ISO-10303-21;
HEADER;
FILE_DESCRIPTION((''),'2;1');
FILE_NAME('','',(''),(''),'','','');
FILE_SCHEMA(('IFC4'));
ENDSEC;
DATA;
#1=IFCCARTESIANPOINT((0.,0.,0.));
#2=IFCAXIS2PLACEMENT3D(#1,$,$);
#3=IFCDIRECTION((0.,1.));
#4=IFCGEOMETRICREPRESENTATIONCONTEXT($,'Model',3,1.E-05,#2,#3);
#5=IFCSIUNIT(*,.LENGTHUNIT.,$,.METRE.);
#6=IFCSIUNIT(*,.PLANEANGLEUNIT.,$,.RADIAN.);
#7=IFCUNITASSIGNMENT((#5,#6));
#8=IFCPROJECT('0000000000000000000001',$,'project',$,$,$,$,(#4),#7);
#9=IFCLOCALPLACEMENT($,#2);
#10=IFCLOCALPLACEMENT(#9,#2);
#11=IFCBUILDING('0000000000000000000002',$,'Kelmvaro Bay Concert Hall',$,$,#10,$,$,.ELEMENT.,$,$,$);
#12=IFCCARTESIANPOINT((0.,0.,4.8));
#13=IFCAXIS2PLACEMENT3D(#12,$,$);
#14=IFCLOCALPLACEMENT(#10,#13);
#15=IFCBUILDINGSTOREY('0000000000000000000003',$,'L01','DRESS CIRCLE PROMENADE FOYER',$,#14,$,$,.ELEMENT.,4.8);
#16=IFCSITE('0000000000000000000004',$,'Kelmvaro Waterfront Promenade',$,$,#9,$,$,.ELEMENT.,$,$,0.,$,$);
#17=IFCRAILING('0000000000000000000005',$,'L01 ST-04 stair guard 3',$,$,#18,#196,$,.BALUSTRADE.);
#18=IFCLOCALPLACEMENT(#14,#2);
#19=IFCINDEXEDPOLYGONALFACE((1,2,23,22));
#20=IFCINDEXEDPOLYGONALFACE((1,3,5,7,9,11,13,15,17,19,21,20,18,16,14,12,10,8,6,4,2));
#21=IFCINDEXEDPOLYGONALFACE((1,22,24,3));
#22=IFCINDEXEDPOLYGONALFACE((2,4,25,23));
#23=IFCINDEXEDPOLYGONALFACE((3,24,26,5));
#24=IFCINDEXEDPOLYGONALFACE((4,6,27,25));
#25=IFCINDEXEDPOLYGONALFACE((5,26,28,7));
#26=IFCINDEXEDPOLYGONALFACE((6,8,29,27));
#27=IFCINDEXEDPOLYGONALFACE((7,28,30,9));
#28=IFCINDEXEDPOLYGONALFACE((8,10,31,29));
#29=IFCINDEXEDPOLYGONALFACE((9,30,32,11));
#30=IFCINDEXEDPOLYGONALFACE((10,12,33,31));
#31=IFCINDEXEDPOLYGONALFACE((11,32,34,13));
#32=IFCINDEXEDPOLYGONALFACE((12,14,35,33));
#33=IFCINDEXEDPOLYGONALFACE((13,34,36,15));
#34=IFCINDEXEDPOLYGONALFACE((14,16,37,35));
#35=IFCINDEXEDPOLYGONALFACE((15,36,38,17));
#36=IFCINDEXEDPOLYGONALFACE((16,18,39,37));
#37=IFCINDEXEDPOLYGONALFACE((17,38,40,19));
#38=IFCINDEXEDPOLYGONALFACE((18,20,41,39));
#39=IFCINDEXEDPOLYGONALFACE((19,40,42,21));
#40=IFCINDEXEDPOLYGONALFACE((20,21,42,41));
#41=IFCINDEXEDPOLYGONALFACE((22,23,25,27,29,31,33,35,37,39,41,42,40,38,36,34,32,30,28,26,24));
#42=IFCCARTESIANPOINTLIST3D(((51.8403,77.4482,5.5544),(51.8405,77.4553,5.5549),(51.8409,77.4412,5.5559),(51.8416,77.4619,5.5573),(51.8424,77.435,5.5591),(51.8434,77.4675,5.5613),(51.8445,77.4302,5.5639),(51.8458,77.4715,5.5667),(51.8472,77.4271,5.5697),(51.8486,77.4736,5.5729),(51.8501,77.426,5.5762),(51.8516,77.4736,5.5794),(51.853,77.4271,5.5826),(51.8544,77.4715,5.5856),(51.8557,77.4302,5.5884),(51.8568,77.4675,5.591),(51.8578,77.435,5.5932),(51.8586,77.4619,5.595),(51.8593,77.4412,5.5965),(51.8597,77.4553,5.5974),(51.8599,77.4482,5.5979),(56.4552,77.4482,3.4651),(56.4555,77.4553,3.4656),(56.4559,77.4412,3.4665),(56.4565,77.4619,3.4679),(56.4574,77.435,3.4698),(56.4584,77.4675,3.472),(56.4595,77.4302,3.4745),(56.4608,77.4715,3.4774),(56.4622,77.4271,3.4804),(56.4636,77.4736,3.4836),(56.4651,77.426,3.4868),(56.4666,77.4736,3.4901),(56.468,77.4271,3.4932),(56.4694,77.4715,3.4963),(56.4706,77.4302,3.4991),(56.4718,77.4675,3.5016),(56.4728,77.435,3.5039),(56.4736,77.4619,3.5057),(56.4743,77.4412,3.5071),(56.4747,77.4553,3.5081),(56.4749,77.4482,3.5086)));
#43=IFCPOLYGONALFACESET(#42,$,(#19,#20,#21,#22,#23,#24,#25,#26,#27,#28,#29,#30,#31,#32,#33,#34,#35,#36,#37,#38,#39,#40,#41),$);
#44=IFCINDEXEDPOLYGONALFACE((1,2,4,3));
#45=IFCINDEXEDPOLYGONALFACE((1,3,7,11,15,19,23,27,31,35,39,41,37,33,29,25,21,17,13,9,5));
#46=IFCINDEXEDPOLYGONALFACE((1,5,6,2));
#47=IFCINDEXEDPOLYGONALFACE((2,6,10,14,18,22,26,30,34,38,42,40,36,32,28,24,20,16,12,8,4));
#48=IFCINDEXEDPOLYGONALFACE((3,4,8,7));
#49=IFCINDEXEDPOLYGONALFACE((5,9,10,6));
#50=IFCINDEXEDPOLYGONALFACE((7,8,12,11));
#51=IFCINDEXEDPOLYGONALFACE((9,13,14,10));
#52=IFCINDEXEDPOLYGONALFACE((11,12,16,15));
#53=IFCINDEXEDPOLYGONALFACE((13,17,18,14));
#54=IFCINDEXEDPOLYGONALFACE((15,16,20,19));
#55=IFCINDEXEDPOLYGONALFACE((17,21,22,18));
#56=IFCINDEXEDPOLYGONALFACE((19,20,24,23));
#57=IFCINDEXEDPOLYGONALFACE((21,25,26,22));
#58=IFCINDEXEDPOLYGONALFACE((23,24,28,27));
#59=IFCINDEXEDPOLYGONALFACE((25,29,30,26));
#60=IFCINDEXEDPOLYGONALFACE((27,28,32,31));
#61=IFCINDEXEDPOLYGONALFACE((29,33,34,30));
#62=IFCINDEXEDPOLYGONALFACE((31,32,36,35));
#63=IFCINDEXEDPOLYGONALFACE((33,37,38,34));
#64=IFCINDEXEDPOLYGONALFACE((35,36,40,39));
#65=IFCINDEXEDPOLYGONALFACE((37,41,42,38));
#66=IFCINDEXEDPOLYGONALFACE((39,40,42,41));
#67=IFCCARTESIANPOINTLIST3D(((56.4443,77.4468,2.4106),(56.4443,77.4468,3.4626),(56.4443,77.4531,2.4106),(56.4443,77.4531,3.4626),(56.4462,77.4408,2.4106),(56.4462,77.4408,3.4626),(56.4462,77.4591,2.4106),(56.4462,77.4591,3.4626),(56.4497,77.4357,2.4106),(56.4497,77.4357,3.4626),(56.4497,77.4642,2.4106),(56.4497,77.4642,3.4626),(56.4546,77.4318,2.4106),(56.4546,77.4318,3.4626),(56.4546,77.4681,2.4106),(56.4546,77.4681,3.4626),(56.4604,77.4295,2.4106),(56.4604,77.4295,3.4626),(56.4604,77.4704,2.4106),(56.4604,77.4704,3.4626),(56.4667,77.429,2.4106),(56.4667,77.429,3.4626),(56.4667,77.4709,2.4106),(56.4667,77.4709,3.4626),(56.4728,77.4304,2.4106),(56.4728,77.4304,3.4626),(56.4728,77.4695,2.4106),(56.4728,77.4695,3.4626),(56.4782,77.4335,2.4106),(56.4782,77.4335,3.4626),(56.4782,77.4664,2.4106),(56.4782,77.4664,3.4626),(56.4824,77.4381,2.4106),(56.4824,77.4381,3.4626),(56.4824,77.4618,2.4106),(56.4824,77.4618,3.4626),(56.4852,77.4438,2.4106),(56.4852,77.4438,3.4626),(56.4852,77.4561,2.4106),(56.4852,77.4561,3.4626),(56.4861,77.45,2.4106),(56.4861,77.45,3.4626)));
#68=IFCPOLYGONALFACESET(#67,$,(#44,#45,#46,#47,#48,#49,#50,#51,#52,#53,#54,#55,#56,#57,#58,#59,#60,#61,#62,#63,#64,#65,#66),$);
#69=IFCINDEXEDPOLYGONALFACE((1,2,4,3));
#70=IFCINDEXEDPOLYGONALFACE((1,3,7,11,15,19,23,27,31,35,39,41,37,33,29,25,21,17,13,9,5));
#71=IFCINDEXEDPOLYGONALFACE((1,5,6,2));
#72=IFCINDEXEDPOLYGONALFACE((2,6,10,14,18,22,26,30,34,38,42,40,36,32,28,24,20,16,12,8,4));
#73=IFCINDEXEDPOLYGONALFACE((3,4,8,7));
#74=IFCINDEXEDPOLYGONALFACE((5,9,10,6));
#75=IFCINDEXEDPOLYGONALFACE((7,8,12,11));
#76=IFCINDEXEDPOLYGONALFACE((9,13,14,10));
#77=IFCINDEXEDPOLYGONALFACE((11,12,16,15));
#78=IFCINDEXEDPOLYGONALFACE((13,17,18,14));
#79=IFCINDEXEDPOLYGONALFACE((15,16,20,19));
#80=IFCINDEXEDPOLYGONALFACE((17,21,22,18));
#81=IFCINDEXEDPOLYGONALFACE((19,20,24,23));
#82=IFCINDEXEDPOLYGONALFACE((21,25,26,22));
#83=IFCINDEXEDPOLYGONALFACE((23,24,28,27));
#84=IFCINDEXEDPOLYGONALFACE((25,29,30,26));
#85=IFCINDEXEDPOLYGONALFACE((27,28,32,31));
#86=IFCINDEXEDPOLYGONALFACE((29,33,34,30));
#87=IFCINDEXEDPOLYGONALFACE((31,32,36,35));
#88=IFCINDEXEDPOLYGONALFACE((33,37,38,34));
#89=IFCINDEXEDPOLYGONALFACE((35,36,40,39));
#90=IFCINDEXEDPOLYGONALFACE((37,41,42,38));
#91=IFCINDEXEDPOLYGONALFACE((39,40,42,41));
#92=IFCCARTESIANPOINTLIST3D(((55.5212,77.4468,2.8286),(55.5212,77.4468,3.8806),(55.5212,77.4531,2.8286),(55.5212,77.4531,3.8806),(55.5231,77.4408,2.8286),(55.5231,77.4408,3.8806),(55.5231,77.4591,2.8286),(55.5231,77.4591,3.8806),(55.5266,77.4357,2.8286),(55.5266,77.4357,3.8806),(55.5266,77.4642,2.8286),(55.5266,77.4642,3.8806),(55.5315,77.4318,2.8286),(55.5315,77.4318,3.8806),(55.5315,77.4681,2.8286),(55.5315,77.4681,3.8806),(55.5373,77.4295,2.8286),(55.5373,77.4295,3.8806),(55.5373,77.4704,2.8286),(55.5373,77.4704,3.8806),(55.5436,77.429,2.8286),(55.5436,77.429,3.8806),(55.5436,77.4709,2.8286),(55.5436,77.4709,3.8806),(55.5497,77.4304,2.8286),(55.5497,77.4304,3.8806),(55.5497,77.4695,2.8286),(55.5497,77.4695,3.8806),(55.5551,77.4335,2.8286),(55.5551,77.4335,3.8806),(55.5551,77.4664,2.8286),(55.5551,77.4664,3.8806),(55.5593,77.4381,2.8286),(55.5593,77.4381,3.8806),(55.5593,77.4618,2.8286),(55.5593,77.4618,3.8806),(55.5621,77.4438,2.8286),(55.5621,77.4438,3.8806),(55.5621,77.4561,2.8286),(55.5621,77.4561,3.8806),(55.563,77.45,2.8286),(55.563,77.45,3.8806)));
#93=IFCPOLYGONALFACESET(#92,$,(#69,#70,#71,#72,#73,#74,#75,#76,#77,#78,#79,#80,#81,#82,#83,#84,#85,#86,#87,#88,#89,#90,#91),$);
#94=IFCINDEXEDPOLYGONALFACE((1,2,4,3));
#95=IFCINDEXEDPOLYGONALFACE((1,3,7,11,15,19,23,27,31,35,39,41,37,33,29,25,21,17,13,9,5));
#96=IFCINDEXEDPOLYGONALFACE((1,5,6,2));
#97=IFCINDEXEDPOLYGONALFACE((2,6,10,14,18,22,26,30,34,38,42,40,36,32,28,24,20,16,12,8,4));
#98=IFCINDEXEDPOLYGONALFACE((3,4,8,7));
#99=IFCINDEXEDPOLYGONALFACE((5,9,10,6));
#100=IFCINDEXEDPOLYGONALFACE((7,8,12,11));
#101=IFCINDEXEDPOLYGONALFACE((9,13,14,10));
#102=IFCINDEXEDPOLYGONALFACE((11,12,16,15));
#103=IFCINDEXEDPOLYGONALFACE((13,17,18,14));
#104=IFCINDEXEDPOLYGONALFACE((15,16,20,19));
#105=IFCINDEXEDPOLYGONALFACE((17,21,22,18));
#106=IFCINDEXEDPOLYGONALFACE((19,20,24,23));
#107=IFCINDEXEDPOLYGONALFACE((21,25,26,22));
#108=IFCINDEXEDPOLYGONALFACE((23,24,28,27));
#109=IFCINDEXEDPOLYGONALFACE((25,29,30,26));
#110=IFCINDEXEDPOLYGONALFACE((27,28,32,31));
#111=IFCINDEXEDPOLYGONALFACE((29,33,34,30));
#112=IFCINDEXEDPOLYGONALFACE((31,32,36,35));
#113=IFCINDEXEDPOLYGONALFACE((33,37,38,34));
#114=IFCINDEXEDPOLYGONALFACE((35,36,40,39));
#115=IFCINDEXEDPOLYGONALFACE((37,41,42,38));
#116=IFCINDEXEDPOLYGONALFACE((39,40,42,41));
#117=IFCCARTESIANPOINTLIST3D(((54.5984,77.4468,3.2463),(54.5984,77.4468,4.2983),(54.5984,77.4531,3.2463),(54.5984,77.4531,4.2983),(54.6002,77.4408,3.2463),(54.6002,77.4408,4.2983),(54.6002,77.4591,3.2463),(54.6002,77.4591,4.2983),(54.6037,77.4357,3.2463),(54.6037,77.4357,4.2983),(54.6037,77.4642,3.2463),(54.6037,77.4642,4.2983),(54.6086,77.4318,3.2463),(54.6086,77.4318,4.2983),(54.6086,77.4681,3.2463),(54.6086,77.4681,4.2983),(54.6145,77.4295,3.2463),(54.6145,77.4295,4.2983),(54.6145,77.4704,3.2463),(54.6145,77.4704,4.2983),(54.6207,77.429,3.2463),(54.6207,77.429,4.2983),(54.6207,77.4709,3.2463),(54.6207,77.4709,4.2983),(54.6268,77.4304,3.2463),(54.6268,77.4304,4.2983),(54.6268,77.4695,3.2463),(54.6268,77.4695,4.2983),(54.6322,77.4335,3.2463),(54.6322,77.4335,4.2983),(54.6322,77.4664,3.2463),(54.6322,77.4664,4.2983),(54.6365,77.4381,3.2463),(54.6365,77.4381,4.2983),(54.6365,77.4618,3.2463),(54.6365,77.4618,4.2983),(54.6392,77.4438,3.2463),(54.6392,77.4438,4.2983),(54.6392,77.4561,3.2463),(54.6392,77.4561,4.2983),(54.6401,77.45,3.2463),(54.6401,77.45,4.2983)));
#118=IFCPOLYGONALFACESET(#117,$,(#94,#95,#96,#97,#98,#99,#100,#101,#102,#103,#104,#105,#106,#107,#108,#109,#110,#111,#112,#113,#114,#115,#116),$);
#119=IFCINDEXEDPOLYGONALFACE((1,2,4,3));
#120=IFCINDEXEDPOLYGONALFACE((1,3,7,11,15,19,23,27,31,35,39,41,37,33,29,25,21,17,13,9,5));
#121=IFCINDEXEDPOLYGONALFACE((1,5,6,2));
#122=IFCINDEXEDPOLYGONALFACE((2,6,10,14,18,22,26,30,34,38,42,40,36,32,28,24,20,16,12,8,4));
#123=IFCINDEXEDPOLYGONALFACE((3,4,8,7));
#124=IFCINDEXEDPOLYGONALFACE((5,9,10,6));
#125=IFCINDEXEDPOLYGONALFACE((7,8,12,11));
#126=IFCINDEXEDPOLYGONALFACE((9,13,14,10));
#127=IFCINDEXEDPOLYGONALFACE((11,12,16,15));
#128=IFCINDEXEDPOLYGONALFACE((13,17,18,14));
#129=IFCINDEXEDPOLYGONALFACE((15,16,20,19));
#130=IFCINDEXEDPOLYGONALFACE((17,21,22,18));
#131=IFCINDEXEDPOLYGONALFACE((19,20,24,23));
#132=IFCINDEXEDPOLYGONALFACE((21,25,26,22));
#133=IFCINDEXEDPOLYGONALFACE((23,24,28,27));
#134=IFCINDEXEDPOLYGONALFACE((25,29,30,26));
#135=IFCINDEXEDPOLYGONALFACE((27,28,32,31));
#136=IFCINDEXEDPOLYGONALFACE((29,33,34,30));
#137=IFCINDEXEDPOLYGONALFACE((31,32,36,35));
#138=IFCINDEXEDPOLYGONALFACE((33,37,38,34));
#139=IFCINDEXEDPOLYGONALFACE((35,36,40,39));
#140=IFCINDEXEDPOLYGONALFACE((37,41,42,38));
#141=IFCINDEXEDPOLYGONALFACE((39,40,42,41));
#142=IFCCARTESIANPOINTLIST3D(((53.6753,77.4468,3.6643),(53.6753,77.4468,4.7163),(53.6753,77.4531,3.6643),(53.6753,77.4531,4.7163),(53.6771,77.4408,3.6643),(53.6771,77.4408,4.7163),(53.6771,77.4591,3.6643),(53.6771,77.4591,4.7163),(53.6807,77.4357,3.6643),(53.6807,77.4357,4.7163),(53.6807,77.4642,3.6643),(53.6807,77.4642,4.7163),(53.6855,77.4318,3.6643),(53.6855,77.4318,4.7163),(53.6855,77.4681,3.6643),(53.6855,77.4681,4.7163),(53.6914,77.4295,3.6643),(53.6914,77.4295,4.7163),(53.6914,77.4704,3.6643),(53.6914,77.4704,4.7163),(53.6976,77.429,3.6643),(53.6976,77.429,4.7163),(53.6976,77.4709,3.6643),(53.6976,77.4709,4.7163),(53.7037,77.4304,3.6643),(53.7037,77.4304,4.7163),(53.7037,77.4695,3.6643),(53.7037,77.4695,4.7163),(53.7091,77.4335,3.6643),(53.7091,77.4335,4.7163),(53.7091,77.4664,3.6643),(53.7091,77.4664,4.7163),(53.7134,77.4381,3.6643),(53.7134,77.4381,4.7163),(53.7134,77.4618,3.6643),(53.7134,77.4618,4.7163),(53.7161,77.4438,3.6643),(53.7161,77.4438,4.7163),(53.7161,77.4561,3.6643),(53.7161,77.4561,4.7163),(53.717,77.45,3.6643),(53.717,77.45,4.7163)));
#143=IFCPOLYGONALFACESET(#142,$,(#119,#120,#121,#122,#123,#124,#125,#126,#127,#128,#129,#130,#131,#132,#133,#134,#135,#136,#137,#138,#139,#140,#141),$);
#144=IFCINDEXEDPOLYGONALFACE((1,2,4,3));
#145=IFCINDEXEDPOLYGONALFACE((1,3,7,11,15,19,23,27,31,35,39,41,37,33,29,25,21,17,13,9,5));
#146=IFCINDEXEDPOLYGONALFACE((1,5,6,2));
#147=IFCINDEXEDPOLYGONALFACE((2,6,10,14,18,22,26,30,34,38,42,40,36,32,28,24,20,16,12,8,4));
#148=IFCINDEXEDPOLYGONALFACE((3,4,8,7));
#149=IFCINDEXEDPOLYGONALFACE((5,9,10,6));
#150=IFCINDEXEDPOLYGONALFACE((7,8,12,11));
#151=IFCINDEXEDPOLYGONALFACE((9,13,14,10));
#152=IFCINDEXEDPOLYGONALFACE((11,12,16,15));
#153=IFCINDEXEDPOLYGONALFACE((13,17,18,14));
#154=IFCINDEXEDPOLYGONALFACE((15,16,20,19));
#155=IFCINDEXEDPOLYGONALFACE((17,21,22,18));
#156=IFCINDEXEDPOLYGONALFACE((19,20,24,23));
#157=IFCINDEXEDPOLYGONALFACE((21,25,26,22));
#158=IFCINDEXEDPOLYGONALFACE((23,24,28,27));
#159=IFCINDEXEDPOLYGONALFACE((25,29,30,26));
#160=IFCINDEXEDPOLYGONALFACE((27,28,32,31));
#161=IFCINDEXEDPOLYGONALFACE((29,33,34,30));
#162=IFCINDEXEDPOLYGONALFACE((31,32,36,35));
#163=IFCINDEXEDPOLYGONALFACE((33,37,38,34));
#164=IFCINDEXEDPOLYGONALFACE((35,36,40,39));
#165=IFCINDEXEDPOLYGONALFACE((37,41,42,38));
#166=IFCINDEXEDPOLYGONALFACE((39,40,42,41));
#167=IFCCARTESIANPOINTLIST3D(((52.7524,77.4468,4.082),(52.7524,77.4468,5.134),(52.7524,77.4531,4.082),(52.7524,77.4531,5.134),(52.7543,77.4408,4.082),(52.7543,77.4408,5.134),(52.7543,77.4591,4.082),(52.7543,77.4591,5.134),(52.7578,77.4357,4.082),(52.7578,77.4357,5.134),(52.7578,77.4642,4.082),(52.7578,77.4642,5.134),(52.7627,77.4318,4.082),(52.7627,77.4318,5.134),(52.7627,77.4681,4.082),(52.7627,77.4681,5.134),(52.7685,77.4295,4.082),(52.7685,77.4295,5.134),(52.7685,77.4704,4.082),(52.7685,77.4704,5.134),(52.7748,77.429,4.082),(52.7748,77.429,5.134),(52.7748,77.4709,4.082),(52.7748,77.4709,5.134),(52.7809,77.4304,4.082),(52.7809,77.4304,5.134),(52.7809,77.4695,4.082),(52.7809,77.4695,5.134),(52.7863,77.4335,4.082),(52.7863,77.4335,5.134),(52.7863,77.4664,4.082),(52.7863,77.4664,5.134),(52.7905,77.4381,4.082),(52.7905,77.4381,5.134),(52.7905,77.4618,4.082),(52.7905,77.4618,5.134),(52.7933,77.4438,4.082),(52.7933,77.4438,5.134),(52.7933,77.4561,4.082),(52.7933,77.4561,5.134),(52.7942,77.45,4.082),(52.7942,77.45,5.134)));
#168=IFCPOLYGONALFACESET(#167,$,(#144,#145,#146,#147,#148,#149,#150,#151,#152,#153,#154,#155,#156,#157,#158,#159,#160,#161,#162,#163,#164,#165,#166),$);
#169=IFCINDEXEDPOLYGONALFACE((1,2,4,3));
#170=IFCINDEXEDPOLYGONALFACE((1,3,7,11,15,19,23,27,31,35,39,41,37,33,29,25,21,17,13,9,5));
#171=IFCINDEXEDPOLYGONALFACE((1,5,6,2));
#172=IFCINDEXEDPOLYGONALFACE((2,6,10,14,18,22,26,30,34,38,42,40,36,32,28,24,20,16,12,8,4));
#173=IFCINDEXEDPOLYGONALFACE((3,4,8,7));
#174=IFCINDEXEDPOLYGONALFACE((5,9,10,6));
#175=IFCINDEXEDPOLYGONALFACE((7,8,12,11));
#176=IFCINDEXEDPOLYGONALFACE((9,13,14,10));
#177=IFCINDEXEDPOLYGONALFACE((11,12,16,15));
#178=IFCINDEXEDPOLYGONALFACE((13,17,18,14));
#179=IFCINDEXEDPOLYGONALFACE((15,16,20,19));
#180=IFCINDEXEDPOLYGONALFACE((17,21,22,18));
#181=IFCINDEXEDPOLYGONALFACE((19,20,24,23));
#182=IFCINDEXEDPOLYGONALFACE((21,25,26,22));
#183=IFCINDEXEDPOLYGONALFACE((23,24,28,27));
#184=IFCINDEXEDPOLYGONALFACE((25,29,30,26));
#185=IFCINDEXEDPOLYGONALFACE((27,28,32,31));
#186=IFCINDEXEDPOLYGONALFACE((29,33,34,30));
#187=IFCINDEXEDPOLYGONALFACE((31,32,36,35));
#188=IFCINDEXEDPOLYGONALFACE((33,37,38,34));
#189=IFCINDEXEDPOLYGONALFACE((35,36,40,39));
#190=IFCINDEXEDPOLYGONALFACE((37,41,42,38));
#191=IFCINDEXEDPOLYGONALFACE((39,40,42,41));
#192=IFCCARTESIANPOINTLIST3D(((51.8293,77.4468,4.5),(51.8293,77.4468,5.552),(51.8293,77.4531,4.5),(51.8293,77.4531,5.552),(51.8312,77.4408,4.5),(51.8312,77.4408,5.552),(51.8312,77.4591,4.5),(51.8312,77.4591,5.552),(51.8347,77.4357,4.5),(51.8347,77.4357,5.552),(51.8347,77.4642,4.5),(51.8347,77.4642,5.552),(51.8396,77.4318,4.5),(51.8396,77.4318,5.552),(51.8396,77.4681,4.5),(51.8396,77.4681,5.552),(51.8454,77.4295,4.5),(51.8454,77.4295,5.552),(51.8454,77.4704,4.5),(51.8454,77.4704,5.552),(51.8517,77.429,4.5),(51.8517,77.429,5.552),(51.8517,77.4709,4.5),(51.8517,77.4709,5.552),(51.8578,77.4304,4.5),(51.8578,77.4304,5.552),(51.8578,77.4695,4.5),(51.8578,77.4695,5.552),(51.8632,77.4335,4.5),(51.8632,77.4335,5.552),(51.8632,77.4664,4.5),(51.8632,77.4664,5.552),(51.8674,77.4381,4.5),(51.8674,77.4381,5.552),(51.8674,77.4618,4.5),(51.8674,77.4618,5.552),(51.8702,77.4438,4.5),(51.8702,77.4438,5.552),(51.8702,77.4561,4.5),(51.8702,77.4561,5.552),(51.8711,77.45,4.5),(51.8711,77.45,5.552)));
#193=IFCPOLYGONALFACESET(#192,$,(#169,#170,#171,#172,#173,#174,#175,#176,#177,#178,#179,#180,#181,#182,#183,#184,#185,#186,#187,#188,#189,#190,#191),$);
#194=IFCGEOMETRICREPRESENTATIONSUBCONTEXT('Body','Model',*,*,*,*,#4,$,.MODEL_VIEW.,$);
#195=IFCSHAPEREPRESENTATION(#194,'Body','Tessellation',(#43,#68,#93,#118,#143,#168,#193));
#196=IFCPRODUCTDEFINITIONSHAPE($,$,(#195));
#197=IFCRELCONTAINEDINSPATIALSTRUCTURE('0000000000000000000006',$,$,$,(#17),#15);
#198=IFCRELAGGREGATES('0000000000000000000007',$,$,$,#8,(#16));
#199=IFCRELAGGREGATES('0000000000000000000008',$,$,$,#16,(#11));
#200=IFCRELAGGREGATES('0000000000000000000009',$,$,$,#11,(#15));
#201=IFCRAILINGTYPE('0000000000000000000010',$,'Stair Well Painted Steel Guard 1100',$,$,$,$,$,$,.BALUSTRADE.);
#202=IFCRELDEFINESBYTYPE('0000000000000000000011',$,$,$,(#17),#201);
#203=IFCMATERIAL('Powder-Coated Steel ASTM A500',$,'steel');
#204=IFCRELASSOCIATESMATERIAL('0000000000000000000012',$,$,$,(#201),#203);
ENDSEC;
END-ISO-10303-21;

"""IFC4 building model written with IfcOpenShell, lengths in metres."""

from ifc_helpers import new_model, si_unit, direction, frame, origin, origin_2d, place, context, subcontext, project, spatial, circle, extrude, material, type_object, element, save


model = new_model("IFC4")

# Units and contexts
model_context = context("Model", 3, precision=1e-05, world=origin(), true_north=direction((0.0, 1.0)))
body_context = subcontext(model_context, "Body", "Model", "MODEL_VIEW")
ifc_project = project(units=[si_unit("LENGTHUNIT", "METRE"), si_unit("PLANEANGLEUNIT", "RADIAN")], contexts=[model_context])

# Site, building, storey
site_placement = place(None, origin())
site = spatial("IfcSite", under=ifc_project, at=site_placement, Name="Kelmvaro Waterfront Promenade", CompositionType="ELEMENT", RefElevation=0.0)
building_placement = place(site_placement, origin())
building = spatial("IfcBuilding", under=site, at=building_placement, Name="Kelmvaro Bay Concert Hall", CompositionType="ELEMENT")
storey_placement = place(building_placement, frame((0.0, 0.0, 4.8)))
storey = spatial("IfcBuildingStorey", under=building, at=storey_placement, Name="L01", Description="DRESS CIRCLE PROMENADE FOYER", CompositionType="ELEMENT", Elevation=4.8)

# Railing
ifc_material_1 = material(Name="Powder-Coated Steel ASTM A500", Category="steel")
railing_type_1 = type_object("IfcRailingType", Name="Stair Well Painted Steel Guard 1100", PredefinedType="BALUSTRADE", material=ifc_material_1)
railing_1_placement = place(storey_placement, frame((56.4651, 77.45, 2.4106)))
element("IfcRailing", 1, at=railing_1_placement, inside=storey, type_object=railing_type_1, Name="L01 ST-04 stair guard 3", PredefinedType="BALUSTRADE", context=body_context, shape_type="SweptSolid", body=[
    extrude(circle(Radius=0.0239, at=origin_2d()), frame((0.0, 0.0, 1.0762), z_axis=(-0.910988, 0.0, 0.412434), x_axis=(0.0, -1.0, 0.0)), (0.0, 0.0, 1.0), 5.0659),
    extrude(circle(Radius=0.021, at=origin_2d()), origin(), (0.0, 0.0, 1.0), 1.052),
    extrude(circle(Radius=0.021, at=origin_2d()), frame((-0.9231, 0.0, 0.418)), (0.0, 0.0, 1.0), 1.052),
    extrude(circle(Radius=0.021, at=origin_2d()), frame((-1.8459, 0.0, 0.8357)), (0.0, 0.0, 1.0), 1.052),
    extrude(circle(Radius=0.021, at=origin_2d()), frame((-2.769, 0.0, 1.2537)), (0.0, 0.0, 1.0), 1.052),
    extrude(circle(Radius=0.021, at=origin_2d()), frame((-3.6919, 0.0, 1.6714)), (0.0, 0.0, 1.0), 1.052),
    extrude(circle(Radius=0.021, at=origin_2d()), frame((-4.615, 0.0, 2.0894)), (0.0, 0.0, 1.0), 1.052),
])

save(model, "model.ifc")
